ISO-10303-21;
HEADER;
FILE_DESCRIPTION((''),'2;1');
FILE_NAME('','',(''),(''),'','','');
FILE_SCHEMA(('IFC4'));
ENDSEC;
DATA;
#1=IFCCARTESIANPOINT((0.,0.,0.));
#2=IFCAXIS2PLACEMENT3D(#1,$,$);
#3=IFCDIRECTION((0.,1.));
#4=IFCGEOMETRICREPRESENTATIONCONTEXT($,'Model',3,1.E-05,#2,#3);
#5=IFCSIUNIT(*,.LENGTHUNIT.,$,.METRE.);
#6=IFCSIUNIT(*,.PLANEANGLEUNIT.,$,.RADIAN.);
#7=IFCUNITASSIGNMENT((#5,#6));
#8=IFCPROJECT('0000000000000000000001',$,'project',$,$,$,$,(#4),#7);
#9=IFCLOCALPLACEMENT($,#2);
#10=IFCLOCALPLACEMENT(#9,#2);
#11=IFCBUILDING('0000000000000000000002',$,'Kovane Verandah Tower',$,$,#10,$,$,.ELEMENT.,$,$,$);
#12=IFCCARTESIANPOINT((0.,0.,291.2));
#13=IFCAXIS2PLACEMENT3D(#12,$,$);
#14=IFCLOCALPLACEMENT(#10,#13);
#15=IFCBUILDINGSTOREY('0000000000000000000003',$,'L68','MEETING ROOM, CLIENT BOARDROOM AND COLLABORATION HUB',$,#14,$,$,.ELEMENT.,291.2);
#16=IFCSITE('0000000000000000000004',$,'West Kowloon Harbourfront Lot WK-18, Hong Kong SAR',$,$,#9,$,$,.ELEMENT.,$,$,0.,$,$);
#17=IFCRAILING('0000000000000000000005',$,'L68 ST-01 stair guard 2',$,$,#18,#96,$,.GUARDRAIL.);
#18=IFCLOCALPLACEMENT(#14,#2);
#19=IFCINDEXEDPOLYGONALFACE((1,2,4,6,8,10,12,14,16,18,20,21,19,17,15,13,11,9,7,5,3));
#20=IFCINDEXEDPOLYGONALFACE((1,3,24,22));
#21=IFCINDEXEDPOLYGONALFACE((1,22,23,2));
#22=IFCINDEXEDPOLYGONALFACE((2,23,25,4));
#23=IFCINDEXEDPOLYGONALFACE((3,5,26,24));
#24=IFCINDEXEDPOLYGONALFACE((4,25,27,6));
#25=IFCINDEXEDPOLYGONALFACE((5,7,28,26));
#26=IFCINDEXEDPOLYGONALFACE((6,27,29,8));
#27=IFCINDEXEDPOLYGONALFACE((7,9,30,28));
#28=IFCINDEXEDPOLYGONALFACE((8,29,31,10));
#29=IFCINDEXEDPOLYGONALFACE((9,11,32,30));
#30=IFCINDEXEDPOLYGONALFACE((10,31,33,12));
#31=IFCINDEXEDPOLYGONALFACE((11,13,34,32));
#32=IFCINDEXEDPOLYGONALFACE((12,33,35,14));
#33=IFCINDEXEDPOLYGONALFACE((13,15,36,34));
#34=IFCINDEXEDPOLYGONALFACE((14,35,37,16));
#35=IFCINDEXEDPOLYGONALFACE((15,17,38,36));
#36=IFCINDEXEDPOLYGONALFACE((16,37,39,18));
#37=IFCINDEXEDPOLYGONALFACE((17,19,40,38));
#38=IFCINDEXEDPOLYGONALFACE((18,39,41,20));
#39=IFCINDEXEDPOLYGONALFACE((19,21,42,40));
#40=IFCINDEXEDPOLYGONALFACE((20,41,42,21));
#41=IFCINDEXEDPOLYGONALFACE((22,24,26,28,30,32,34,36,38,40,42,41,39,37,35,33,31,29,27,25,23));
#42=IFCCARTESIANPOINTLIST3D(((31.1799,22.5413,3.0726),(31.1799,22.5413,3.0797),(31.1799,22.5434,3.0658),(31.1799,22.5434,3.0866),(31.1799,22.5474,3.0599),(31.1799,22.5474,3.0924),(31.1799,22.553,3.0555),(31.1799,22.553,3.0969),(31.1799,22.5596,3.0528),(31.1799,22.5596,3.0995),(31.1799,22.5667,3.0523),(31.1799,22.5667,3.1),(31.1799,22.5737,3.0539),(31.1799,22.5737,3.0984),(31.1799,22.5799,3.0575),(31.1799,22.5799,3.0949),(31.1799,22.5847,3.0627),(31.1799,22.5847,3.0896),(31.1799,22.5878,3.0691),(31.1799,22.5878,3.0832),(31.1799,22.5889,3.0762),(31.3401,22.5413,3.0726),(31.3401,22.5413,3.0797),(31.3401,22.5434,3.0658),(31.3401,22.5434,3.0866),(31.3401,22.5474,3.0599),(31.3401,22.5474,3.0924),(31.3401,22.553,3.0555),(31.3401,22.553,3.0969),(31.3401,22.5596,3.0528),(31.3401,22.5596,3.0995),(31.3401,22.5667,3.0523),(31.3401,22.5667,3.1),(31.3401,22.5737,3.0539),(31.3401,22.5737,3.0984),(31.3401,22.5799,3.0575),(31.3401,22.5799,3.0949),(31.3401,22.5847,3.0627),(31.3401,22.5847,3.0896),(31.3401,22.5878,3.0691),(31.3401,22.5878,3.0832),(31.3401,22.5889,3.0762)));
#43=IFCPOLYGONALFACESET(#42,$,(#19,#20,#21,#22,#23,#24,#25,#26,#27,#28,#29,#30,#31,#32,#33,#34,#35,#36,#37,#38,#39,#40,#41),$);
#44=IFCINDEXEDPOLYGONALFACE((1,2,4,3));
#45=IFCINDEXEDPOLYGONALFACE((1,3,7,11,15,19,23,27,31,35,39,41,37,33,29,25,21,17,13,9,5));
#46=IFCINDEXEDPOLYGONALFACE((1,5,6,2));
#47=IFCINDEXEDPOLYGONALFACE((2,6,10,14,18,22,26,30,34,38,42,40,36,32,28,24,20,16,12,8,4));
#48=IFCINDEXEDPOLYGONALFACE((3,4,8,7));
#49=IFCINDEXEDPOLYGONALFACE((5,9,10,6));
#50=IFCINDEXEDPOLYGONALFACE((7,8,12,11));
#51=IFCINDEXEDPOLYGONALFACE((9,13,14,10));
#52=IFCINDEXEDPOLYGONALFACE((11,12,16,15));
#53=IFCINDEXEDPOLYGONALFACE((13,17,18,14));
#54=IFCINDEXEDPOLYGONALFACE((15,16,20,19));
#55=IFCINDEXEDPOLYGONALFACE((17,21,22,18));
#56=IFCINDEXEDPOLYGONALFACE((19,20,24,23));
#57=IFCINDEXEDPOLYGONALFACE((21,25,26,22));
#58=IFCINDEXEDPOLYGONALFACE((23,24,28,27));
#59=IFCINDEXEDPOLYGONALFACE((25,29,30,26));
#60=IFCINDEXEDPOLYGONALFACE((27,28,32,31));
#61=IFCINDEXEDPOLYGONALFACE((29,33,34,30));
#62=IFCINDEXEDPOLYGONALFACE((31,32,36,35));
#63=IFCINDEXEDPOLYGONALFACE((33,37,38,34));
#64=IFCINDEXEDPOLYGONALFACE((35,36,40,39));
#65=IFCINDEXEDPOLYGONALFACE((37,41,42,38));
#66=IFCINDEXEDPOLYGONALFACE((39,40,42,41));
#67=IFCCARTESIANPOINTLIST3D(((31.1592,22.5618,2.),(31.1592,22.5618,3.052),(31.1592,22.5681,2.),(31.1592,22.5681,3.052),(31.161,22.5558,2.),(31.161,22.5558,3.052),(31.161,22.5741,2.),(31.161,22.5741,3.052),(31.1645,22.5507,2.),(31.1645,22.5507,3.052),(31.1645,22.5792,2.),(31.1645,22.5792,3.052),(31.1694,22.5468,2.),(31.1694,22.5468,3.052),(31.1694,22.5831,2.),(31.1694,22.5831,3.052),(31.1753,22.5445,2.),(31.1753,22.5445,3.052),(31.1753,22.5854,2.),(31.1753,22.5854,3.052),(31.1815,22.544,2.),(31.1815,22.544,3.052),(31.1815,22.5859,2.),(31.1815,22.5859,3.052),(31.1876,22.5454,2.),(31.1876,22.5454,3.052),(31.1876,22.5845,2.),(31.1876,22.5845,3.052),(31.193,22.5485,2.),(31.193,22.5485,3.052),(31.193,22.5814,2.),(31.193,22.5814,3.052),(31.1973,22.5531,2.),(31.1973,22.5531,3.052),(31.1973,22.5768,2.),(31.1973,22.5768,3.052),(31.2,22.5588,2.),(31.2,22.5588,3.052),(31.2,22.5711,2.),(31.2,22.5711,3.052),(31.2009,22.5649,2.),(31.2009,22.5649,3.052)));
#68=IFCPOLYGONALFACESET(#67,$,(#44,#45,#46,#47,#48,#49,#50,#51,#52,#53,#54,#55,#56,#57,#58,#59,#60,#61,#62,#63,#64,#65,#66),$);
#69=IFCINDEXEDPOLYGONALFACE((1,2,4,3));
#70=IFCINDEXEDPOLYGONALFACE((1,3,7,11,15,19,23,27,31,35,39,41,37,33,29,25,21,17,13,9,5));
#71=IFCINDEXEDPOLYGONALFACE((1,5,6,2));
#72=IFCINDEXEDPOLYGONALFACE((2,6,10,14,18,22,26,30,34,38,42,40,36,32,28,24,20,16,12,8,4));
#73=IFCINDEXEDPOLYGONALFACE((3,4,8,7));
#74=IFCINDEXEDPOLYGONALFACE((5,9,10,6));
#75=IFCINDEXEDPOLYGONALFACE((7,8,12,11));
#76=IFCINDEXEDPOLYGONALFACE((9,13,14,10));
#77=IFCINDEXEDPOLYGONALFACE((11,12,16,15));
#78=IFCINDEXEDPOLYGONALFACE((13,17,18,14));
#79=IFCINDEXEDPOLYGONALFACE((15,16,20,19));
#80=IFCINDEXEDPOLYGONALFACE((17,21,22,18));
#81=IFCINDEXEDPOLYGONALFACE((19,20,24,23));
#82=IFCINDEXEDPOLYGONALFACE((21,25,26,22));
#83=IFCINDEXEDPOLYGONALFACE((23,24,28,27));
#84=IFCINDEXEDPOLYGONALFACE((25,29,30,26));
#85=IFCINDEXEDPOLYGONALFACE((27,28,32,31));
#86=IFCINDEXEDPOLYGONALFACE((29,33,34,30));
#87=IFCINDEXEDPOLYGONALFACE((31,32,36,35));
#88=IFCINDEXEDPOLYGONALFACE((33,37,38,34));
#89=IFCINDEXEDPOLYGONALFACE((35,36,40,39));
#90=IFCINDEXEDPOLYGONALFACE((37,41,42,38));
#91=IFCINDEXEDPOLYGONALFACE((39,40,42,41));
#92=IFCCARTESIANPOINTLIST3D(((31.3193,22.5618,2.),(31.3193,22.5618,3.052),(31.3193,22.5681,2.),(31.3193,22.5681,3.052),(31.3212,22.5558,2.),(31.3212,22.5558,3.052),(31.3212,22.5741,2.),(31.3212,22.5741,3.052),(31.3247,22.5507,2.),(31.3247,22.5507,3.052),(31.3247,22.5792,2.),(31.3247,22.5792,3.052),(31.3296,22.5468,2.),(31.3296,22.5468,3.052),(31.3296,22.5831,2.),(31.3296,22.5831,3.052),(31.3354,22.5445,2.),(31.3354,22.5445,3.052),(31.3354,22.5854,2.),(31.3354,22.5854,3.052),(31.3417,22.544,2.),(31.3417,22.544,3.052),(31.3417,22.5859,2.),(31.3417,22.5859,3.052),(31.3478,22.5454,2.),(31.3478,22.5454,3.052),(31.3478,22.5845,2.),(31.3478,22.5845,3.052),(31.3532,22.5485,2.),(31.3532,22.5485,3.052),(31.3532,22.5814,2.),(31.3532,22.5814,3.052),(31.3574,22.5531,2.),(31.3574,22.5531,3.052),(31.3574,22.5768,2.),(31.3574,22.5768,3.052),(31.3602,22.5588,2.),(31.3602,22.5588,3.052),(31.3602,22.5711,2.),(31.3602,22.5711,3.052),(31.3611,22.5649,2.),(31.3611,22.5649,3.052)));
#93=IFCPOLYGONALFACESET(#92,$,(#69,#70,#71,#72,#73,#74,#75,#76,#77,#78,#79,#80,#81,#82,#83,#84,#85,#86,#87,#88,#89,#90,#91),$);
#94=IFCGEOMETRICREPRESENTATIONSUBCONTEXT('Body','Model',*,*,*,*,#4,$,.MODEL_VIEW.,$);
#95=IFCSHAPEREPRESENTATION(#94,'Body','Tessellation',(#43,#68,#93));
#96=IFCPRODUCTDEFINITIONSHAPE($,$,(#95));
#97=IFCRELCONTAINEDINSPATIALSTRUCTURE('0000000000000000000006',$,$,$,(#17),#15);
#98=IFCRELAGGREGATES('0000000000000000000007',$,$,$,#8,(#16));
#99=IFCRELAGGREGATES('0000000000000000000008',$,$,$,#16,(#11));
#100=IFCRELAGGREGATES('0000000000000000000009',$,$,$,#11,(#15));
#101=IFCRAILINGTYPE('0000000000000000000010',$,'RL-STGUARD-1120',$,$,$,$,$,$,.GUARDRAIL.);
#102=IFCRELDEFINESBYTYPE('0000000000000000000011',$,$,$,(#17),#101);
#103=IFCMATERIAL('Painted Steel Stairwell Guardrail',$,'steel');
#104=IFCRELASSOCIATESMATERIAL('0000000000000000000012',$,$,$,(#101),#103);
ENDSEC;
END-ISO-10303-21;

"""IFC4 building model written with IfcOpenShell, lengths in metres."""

from ifc_helpers import new_model, si_unit, direction, frame, origin, origin_2d, place, context, subcontext, project, spatial, circle, extrude, material, type_object, element, save


model = new_model("IFC4")

# Units and contexts
model_context = context("Model", 3, precision=1e-05, world=origin(), true_north=direction((0.0, 1.0)))
body_context = subcontext(model_context, "Body", "Model", "MODEL_VIEW")
ifc_project = project(units=[si_unit("LENGTHUNIT", "METRE"), si_unit("PLANEANGLEUNIT", "RADIAN")], contexts=[model_context])

# Site, building, storey
site_placement = place(None, origin())
site = spatial("IfcSite", under=ifc_project, at=site_placement, Name="West Kowloon Harbourfront Lot WK-18, Hong Kong SAR", CompositionType="ELEMENT", RefElevation=0.0)
building_placement = place(site_placement, origin())
building = spatial("IfcBuilding", under=site, at=building_placement, Name="Kovane Verandah Tower", CompositionType="ELEMENT")
storey_placement = place(building_placement, frame((0.0, 0.0, 291.2)))
storey = spatial("IfcBuildingStorey", under=building, at=storey_placement, Name="L68", Description="MEETING ROOM, CLIENT BOARDROOM AND COLLABORATION HUB", CompositionType="ELEMENT", Elevation=291.2)

# Railing
ifc_material_1 = material(Name="Painted Steel Stairwell Guardrail", Category="steel")
railing_type_1 = type_object("IfcRailingType", Name="RL-STGUARD-1120", PredefinedType="GUARDRAIL", material=ifc_material_1)
railing_1_placement = place(storey_placement, frame((31.1799, 22.5649, 2.0)))
element("IfcRailing", 1, at=railing_1_placement, inside=storey, type_object=railing_type_1, Name="L68 ST-01 stair guard 2", PredefinedType="GUARDRAIL", context=body_context, shape_type="SweptSolid", body=[
    extrude(circle(Radius=0.0239, at=origin_2d()), frame((0.0, 0.0, 1.0762), z_axis=(1.0, 0.0, 0.0), x_axis=(0.0, 1.0, 0.0)), (0.0, 0.0, 1.0), 0.1602),
    extrude(circle(Radius=0.021, at=origin_2d()), origin(), (0.0, 0.0, 1.0), 1.052),
    extrude(circle(Radius=0.021, at=origin_2d()), frame((0.1602, 0.0, 0.0)), (0.0, 0.0, 1.0), 1.052),
])

save(model, "model.ifc")
